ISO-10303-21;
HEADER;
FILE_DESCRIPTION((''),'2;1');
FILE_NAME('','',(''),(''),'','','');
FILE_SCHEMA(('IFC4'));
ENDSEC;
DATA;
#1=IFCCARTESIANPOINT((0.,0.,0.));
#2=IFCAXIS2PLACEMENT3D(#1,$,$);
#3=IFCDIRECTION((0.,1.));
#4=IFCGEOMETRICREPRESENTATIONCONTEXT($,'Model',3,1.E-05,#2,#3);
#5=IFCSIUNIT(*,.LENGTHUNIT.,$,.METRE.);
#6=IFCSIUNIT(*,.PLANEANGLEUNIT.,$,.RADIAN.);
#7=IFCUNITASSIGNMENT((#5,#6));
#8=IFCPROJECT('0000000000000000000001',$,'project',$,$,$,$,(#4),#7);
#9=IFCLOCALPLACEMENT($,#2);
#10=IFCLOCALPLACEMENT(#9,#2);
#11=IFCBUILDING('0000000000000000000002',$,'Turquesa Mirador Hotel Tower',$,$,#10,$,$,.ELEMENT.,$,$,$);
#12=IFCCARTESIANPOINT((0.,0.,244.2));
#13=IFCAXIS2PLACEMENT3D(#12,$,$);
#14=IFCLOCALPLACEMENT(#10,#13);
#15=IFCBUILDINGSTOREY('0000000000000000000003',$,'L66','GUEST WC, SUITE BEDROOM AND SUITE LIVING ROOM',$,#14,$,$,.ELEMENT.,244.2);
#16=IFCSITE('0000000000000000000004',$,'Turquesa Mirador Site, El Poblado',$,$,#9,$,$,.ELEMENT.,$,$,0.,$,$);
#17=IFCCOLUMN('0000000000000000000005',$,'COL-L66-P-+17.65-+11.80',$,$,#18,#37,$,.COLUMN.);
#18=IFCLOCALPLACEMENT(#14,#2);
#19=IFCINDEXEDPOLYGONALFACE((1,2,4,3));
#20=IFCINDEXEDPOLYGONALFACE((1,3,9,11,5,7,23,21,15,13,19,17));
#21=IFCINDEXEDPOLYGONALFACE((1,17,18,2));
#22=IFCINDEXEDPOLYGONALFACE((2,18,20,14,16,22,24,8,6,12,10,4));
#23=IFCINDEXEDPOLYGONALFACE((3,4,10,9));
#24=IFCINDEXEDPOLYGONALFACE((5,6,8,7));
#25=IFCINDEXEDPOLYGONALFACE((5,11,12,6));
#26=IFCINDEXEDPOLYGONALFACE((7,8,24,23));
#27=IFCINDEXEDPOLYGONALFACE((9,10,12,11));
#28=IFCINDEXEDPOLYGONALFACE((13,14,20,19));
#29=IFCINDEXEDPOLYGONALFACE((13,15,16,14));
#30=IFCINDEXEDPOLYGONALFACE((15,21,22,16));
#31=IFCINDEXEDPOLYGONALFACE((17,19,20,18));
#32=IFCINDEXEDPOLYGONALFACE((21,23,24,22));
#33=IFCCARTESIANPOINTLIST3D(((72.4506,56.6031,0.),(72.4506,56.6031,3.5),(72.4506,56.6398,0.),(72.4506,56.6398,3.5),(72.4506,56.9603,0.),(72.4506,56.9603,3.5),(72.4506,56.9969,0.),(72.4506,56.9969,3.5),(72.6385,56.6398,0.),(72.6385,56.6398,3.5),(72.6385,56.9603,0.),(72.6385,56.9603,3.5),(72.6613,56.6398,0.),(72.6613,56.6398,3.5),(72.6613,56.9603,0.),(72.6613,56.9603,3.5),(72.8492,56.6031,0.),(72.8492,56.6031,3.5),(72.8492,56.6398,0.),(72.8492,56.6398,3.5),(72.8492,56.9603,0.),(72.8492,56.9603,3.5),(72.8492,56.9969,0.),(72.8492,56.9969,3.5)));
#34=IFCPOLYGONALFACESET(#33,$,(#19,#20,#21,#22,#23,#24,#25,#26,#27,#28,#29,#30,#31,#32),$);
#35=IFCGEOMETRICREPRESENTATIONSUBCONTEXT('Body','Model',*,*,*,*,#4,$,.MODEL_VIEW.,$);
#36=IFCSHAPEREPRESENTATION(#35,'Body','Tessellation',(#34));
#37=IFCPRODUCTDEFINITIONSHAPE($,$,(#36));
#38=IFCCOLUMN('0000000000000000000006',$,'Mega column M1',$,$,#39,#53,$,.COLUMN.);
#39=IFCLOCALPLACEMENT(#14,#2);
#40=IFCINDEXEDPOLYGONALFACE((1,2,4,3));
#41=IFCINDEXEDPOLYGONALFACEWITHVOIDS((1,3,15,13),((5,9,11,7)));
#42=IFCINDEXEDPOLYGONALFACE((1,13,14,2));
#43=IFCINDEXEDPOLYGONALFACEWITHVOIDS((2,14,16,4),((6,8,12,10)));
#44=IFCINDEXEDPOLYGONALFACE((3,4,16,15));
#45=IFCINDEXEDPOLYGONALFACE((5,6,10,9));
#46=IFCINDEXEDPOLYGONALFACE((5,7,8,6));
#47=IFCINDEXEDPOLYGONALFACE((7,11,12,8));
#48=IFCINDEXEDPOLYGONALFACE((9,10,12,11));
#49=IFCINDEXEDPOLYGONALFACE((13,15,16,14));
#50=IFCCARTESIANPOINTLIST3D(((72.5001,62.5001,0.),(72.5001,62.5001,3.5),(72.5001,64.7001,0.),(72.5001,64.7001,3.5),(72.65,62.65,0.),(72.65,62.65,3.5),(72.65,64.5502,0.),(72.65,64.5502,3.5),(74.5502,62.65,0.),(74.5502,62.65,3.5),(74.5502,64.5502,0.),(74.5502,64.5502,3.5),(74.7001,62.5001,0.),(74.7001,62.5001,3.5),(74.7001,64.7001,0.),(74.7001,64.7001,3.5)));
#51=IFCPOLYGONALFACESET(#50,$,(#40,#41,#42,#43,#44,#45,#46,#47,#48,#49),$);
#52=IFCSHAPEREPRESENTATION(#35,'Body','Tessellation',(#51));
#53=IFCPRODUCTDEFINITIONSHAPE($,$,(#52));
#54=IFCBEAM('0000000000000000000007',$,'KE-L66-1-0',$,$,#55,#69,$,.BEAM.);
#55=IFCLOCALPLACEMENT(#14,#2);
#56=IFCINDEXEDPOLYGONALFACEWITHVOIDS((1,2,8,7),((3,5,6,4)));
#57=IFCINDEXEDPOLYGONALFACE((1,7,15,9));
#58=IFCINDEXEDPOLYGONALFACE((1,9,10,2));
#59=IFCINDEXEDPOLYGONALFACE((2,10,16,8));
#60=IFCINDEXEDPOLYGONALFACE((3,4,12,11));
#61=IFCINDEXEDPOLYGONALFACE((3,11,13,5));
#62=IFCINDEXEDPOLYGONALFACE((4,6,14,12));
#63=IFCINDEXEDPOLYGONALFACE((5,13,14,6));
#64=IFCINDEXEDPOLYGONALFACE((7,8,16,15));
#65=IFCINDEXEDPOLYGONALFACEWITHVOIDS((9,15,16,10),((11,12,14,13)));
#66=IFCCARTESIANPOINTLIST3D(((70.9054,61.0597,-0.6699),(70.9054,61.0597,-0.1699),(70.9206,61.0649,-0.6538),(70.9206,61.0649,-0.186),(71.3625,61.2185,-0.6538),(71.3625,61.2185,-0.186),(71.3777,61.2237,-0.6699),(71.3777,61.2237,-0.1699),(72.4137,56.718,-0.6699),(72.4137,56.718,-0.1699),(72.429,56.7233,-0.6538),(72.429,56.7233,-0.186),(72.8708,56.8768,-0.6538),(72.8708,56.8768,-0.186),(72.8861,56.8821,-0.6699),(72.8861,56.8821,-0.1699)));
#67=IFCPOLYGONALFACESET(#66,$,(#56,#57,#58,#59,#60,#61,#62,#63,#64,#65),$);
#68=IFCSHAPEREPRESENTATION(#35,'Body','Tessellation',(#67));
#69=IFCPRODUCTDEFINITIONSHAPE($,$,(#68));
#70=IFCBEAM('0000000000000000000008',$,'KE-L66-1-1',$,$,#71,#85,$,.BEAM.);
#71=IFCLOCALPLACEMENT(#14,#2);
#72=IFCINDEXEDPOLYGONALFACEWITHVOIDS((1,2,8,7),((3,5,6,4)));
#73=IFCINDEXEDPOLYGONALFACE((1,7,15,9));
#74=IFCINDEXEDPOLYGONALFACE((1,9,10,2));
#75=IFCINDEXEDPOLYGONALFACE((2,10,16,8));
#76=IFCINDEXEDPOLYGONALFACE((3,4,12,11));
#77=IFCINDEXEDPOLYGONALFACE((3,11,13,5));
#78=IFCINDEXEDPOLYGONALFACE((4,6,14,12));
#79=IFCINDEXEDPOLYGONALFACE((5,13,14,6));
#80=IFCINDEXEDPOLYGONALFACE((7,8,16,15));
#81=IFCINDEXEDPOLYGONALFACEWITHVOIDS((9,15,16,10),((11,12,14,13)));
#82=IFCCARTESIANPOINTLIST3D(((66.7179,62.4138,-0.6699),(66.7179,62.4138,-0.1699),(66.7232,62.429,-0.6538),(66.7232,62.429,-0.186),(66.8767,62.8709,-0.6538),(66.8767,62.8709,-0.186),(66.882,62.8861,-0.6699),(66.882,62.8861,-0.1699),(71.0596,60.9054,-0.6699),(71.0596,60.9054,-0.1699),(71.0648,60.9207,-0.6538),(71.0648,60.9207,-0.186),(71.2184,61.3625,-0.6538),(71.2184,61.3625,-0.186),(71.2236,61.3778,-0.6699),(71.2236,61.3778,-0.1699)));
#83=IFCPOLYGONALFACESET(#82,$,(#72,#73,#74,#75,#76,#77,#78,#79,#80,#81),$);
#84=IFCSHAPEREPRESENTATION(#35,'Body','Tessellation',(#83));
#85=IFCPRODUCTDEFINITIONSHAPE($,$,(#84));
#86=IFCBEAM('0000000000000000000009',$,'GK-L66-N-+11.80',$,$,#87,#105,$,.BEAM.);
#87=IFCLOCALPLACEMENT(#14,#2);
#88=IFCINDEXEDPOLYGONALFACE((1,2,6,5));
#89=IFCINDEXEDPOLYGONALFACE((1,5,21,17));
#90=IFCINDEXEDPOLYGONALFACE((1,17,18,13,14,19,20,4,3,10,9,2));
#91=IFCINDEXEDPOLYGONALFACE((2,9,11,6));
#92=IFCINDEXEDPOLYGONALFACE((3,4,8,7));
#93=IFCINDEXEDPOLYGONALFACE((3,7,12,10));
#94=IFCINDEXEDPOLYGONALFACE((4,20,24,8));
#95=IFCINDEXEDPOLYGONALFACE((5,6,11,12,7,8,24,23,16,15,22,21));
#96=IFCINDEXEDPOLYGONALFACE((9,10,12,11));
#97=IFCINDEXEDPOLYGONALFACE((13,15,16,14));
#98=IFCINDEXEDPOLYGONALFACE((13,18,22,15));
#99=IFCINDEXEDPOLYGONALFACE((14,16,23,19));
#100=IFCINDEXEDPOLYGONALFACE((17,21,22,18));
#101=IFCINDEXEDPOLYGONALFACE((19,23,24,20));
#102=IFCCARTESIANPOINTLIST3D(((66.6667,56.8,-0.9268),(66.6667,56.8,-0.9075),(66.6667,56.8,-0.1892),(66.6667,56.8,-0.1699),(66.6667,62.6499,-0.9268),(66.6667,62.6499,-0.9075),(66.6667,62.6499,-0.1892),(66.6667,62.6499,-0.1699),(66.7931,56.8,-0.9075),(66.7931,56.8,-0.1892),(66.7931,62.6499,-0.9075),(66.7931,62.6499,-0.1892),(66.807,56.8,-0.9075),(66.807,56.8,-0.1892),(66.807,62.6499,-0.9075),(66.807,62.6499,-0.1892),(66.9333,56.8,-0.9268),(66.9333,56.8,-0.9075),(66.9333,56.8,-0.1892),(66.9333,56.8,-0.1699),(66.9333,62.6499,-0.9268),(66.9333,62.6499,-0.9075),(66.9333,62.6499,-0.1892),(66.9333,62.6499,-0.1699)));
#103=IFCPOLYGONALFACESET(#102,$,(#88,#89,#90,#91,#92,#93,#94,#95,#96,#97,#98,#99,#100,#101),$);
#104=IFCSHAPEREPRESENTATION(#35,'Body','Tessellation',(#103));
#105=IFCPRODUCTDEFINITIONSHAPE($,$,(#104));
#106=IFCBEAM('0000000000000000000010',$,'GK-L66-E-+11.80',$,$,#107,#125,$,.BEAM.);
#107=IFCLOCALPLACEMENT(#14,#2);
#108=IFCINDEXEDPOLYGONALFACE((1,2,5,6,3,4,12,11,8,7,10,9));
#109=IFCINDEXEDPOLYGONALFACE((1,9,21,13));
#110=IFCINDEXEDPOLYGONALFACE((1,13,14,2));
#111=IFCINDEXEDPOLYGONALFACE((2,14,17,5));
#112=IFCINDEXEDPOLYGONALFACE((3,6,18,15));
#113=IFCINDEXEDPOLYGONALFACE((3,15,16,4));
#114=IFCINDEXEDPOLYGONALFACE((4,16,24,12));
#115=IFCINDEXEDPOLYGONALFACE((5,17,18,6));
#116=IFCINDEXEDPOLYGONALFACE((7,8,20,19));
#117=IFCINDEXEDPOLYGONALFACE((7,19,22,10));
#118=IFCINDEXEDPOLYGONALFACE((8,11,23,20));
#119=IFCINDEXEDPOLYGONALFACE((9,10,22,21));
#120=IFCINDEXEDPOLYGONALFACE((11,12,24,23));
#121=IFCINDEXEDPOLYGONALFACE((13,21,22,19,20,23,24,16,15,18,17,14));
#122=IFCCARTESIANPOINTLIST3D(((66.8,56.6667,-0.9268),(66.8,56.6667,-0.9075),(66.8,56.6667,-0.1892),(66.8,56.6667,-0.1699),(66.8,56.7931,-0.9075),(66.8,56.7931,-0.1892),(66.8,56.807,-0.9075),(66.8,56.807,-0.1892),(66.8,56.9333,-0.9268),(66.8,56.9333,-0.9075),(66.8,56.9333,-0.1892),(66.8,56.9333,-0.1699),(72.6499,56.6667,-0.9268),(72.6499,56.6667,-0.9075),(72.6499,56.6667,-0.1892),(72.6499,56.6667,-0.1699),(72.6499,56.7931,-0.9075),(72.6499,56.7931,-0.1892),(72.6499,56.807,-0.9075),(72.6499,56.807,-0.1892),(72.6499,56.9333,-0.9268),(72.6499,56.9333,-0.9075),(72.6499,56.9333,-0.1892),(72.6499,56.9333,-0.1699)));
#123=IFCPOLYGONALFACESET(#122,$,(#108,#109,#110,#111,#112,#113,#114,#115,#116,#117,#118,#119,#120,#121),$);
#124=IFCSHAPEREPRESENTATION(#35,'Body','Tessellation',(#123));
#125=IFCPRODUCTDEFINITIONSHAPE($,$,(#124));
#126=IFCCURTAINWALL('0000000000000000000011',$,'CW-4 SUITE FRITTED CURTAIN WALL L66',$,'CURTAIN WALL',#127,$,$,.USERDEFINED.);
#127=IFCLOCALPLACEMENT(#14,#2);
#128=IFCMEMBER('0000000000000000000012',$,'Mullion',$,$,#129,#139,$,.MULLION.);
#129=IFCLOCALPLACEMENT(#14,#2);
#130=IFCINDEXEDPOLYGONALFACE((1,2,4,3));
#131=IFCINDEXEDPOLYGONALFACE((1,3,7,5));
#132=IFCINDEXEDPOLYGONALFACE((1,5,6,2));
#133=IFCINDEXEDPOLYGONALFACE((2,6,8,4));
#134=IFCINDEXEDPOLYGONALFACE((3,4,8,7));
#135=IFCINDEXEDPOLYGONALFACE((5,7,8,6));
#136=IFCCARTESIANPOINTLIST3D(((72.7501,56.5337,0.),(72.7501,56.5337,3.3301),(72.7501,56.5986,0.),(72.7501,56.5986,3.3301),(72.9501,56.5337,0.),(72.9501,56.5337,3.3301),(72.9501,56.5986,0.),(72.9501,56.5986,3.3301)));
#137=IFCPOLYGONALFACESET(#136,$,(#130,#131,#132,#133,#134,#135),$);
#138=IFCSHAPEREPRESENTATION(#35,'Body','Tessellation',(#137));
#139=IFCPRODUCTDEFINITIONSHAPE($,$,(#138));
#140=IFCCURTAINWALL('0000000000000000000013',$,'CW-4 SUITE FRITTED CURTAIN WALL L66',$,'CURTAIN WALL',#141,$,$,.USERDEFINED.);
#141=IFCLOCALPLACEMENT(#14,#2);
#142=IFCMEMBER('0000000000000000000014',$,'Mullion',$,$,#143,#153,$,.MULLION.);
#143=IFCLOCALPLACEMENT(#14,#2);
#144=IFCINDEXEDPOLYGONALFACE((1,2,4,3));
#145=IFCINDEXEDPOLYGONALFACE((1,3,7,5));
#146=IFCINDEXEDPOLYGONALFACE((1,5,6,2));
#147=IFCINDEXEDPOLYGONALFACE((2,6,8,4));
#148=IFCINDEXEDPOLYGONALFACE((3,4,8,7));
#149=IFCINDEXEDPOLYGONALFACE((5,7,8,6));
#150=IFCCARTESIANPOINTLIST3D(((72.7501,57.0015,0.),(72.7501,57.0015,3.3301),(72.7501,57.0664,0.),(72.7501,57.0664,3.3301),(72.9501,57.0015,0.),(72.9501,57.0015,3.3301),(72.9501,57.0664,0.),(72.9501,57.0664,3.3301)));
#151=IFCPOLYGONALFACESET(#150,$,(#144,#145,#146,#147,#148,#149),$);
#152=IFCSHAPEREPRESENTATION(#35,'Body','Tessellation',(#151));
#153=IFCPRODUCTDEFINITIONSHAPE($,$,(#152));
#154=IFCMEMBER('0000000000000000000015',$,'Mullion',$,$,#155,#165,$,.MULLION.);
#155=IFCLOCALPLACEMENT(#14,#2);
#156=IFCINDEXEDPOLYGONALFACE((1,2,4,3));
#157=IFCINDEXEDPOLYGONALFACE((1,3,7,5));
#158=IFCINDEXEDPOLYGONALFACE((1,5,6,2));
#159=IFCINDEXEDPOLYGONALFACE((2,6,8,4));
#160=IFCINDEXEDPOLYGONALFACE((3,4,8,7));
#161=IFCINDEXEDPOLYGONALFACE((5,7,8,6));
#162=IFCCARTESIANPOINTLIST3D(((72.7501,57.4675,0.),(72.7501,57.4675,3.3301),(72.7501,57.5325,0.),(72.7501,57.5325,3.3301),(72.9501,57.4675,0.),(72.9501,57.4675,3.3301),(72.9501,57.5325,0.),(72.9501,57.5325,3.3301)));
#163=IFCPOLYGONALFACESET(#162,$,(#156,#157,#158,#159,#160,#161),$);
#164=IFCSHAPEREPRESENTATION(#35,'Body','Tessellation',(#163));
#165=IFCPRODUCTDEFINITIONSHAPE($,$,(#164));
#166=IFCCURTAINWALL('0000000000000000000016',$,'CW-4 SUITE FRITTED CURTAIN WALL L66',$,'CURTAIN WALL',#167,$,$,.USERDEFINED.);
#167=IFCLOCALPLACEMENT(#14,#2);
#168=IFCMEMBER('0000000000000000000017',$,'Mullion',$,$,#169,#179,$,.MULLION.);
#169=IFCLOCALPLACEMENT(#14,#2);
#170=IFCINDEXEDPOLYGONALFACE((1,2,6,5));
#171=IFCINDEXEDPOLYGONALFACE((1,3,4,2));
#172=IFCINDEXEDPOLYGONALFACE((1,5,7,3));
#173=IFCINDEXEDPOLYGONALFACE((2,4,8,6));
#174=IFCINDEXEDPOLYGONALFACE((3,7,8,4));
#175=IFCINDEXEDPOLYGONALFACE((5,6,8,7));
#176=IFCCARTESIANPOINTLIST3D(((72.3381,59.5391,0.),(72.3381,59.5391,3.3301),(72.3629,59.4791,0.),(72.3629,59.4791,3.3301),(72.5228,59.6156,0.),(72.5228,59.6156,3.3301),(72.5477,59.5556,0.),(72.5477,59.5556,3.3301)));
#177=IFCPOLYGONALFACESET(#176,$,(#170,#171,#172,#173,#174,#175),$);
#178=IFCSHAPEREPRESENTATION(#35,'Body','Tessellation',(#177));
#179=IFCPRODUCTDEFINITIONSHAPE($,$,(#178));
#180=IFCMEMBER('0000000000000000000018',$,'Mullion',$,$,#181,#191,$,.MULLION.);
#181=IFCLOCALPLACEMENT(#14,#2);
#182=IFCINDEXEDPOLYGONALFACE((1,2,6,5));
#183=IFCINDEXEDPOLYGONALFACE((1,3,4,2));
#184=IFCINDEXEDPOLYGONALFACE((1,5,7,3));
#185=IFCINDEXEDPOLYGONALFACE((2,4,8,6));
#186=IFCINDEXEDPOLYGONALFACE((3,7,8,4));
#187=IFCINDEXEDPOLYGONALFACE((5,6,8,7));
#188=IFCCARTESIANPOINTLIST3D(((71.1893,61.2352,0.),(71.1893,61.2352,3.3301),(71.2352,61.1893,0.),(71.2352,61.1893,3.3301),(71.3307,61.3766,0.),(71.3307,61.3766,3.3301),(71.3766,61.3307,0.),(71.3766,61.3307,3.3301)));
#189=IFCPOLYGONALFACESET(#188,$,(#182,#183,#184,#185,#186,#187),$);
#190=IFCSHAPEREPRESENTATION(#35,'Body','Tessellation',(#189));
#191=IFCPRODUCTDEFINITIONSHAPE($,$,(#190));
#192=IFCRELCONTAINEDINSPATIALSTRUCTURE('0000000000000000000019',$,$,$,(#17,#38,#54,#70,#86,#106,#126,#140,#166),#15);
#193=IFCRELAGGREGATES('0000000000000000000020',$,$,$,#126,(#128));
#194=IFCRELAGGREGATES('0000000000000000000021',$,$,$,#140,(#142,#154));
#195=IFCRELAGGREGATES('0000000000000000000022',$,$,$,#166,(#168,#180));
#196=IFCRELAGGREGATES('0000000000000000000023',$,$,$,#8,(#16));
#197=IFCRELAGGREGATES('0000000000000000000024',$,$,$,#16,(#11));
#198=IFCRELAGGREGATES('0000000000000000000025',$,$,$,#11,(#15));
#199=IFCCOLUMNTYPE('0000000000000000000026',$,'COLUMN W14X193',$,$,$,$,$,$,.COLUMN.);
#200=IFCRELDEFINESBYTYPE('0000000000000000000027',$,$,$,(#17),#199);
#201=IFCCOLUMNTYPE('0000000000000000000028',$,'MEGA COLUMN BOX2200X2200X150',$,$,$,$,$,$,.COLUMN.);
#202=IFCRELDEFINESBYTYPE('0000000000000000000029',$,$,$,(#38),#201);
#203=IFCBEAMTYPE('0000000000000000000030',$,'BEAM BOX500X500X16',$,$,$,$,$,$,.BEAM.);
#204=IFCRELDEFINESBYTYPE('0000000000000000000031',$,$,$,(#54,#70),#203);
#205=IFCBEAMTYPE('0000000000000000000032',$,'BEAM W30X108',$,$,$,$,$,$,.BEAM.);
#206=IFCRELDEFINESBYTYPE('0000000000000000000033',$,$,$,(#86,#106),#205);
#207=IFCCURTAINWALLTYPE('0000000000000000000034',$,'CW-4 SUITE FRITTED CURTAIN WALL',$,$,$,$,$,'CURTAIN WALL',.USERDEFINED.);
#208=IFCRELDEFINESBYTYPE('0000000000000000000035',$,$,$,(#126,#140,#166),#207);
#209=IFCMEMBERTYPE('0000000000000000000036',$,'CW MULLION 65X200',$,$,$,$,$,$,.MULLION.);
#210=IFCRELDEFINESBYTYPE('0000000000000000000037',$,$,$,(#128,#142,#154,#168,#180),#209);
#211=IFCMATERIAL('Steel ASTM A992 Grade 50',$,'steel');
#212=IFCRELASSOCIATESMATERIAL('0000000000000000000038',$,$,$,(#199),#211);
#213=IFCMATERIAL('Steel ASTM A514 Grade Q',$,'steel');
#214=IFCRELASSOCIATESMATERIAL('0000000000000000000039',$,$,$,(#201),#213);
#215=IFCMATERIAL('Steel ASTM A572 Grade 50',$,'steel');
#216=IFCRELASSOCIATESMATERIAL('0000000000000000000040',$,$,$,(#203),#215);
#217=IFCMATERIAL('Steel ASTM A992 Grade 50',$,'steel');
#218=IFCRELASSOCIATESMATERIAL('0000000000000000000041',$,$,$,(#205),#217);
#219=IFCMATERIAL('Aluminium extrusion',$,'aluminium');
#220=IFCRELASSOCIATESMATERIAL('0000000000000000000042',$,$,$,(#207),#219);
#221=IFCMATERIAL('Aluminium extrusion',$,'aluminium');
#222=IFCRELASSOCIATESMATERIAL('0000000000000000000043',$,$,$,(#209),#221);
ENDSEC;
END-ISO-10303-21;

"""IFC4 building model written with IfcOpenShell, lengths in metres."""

from ifc_helpers import new_model, si_unit, direction, frame, origin, origin_2d, place, context, subcontext, project, spatial, rectangle, hollow_rectangle, i_section, extrude, material, material_profile, profile_set, type_object, element, aggregate, save


model = new_model("IFC4")

# Units and contexts
model_context = context("Model", 3, precision=1e-05, world=origin(), true_north=direction((0.0, 1.0)))
body_context = subcontext(model_context, "Body", "Model", "MODEL_VIEW")
ifc_project = project(units=[si_unit("LENGTHUNIT", "METRE"), si_unit("PLANEANGLEUNIT", "RADIAN")], contexts=[model_context])

# Site, building, storey
site_placement = place(None, origin())
site = spatial("IfcSite", under=ifc_project, at=site_placement, Name="Turquesa Mirador Site, El Poblado", CompositionType="ELEMENT", RefElevation=0.0)
building_placement = place(site_placement, origin())
building = spatial("IfcBuilding", under=site, at=building_placement, Name="Turquesa Mirador Hotel Tower", CompositionType="ELEMENT")
storey_placement = place(building_placement, frame((0.0, 0.0, 244.2)))
storey = spatial("IfcBuildingStorey", under=building, at=storey_placement, Name="L66", Description="GUEST WC, SUITE BEDROOM AND SUITE LIVING ROOM", CompositionType="ELEMENT", Elevation=244.2)

# Columns
ifc_material_1 = material(Name="Steel ASTM A992 Grade 50", Category="steel")
ifc_material_profile_1 = material_profile(ifc_material_1, i_section(OverallWidth=0.3987, OverallDepth=0.3938, WebThickness=0.0227, FlangeThickness=0.0366, at=origin_2d()), Name="W14X193")
ifc_profile_set_1 = profile_set([ifc_material_profile_1], Name="Steel ASTM A992 Grade 50")
column_type_1 = type_object("IfcColumnType", Name="COLUMN W14X193", PredefinedType="COLUMN", material=ifc_profile_set_1)
column_1_placement = place(storey_placement, frame((72.6499, 56.8, 0.0), z_axis=(0.0, 0.0, 1.0), x_axis=(1.0, 0.0, 0.0)))
element("IfcColumn", 1, at=column_1_placement, inside=storey, type_object=column_type_1, Name="COL-L66-P-+17.65-+11.80", PredefinedType="COLUMN", context=body_context, shape_type="SweptSolid", body=[
    extrude(i_section(OverallWidth=0.3987, OverallDepth=0.3938, WebThickness=0.0227, FlangeThickness=0.0366, at=origin_2d()), origin(), (0.0, 0.0, 1.0), 3.5),
])
ifc_material_2 = material(Name="Steel ASTM A514 Grade Q", Category="steel")
ifc_material_profile_2 = material_profile(ifc_material_2, hollow_rectangle(XDim=2.2, YDim=2.2, WallThickness=0.1499, at=origin_2d()), Name="BOX2200X2200X150")
ifc_profile_set_2 = profile_set([ifc_material_profile_2], Name="Steel ASTM A514 Grade Q")
column_type_2 = type_object("IfcColumnType", Name="MEGA COLUMN BOX2200X2200X150", PredefinedType="COLUMN", material=ifc_profile_set_2)
column_2_placement = place(storey_placement, frame((73.6001, 63.6001, 0.0), z_axis=(0.0, 0.0, 1.0), x_axis=(1.0, 0.0, 0.0)))
element("IfcColumn", 2, at=column_2_placement, inside=storey, type_object=column_type_2, Name="Mega column M1", PredefinedType="COLUMN", context=body_context, shape_type="SweptSolid", body=[
    extrude(hollow_rectangle(XDim=2.2, YDim=2.2, WallThickness=0.1499, at=origin_2d()), origin(), (0.0, 0.0, 1.0), 3.5),
])

# Beams
ifc_material_3 = material(Name="Steel ASTM A572 Grade 50", Category="steel")
ifc_material_profile_3 = material_profile(ifc_material_3, hollow_rectangle(XDim=0.5, YDim=0.5, WallThickness=0.0161, at=origin_2d()), Name="BOX500X500X16")
ifc_profile_set_3 = profile_set([ifc_material_profile_3], Name="Steel ASTM A572 Grade 50")
beam_type_1 = type_object("IfcBeamType", Name="BEAM BOX500X500X16", PredefinedType="BEAM", material=ifc_profile_set_3)
for number, where, z_axis, x_axis, name in (
    (3, (72.6499, 56.8, -0.4199), (-0.32817, 0.944619, 0.0), (-0.944619, -0.32817, 0.0), "KE-L66-1-0"),
    (4, (71.1416, 61.1416, -0.4199), (-0.944619, 0.32817, 0.0), (-0.32817, -0.944619, 0.0), "KE-L66-1-1"),
):
    element("IfcBeam", number, at=place(storey_placement, frame(where, z_axis=z_axis, x_axis=x_axis)), inside=storey, type_object=beam_type_1, Name=name, PredefinedType="BEAM", context=body_context, shape_type="SweptSolid", body=[
        extrude(hollow_rectangle(XDim=0.5, YDim=0.5, WallThickness=0.0161, at=origin_2d()), origin(), (0.0, 0.0, 1.0), 4.5962),
    ])
ifc_material_4 = material(Name="Steel ASTM A992 Grade 50", Category="steel")
ifc_material_profile_4 = material_profile(ifc_material_4, i_section(OverallWidth=0.2666, OverallDepth=0.7568, WebThickness=0.0139, FlangeThickness=0.0193, at=origin_2d()), Name="W30X108")
ifc_profile_set_4 = profile_set([ifc_material_profile_4], Name="Steel ASTM A992 Grade 50")
beam_type_2 = type_object("IfcBeamType", Name="BEAM W30X108", PredefinedType="BEAM", material=ifc_profile_set_4)
for number, where, z_axis, x_axis, name in (
    (5, (66.8, 62.6499, -0.5483), (0.0, -1.0, 0.0), (1.0, 0.0, 0.0), "GK-L66-N-+11.80"),
    (6, (72.6499, 56.8, -0.5483), (-1.0, 0.0, 0.0), (0.0, -1.0, 0.0), "GK-L66-E-+11.80"),
):
    element("IfcBeam", number, at=place(storey_placement, frame(where, z_axis=z_axis, x_axis=x_axis)), inside=storey, type_object=beam_type_2, Name=name, PredefinedType="BEAM", context=body_context, shape_type="SweptSolid", body=[
        extrude(i_section(OverallWidth=0.2666, OverallDepth=0.7568, WebThickness=0.0139, FlangeThickness=0.0193, at=origin_2d()), origin(), (0.0, 0.0, 1.0), 5.8499),
    ])

# Curtain wall, member
ifc_material_5 = material(Name="Aluminium extrusion", Category="aluminium")
curtain_wall_type = type_object("IfcCurtainWallType", Name="CW-4 SUITE FRITTED CURTAIN WALL", ElementType="CURTAIN WALL", PredefinedType="USERDEFINED", material=ifc_material_5)
curtain_wall_1_placement = place(storey_placement, origin())
curtain_wall_1 = element("IfcCurtainWall", 7, at=curtain_wall_1_placement, inside=storey, type_object=curtain_wall_type, Name="CW-4 SUITE FRITTED CURTAIN WALL L66", ObjectType="CURTAIN WALL", PredefinedType="USERDEFINED")
ifc_material_6 = material(Name="Aluminium extrusion", Category="aluminium")
ifc_material_profile_5 = material_profile(ifc_material_6, rectangle(XDim=0.0649, YDim=0.2, at=origin_2d()), Name="MULLION 65X200")
ifc_profile_set_5 = profile_set([ifc_material_profile_5], Name="Aluminium extrusion")
member_type_1 = type_object("IfcMemberType", Name="CW MULLION 65X200", PredefinedType="MULLION", material=ifc_profile_set_5)
member_1_placement = place(storey_placement, frame((72.8501, 56.5662, 0.0), z_axis=(0.0, 0.0, 1.0), x_axis=(0.0, 1.0, 0.0)))
member_1 = element("IfcMember", 8, at=member_1_placement, type_object=member_type_1, Name="Mullion", PredefinedType="MULLION", context=body_context, shape_type="SweptSolid", body=[
    extrude(rectangle(XDim=0.0649, YDim=0.2, at=origin_2d()), origin(), (0.0, 0.0, 1.0), 3.3301),
])
aggregate(curtain_wall_1, [member_1])

# Curtain walls, members
curtain_wall_2_placement = place(storey_placement, origin())
curtain_wall_2 = element("IfcCurtainWall", 9, at=curtain_wall_2_placement, inside=storey, type_object=curtain_wall_type, Name="CW-4 SUITE FRITTED CURTAIN WALL L66", ObjectType="CURTAIN WALL", PredefinedType="USERDEFINED")
member_2_placement = place(storey_placement, frame((72.8501, 57.0339, 0.0), z_axis=(0.0, 0.0, 1.0), x_axis=(0.0, 1.0, 0.0)))
member_2 = element("IfcMember", 10, at=member_2_placement, type_object=member_type_1, Name="Mullion", PredefinedType="MULLION", context=body_context, shape_type="SweptSolid", body=[
    extrude(rectangle(XDim=0.0649, YDim=0.2, at=origin_2d()), origin(), (0.0, 0.0, 1.0), 3.3301),
])
member_3_placement = place(storey_placement, frame((72.8501, 57.5, 0.0), z_axis=(0.0, 0.0, 1.0), x_axis=(0.0, 1.0, 0.0)))
member_3 = element("IfcMember", 11, at=member_3_placement, type_object=member_type_1, Name="Mullion", PredefinedType="MULLION", context=body_context, shape_type="SweptSolid", body=[
    extrude(rectangle(XDim=0.0649, YDim=0.2, at=origin_2d()), origin(), (0.0, 0.0, 1.0), 3.3301),
])
curtain_wall_3_placement = place(storey_placement, origin())
curtain_wall_3 = element("IfcCurtainWall", 12, at=curtain_wall_3_placement, inside=storey, type_object=curtain_wall_type, Name="CW-4 SUITE FRITTED CURTAIN WALL L66", ObjectType="CURTAIN WALL", PredefinedType="USERDEFINED")
member_4_placement = place(storey_placement, frame((72.4429, 59.5474, 0.0), z_axis=(0.0, 0.0, 1.0), x_axis=(-0.382683, 0.92388, 0.0)))
member_4 = element("IfcMember", 13, at=member_4_placement, type_object=member_type_1, Name="Mullion", PredefinedType="MULLION", context=body_context, shape_type="SweptSolid", body=[
    extrude(rectangle(XDim=0.0649, YDim=0.2, at=origin_2d()), origin(), (0.0, 0.0, 1.0), 3.3301),
])
member_5_placement = place(storey_placement, frame((71.283, 61.283, 0.0), z_axis=(0.0, 0.0, 1.0), x_axis=(-0.707107, 0.707107, 0.0)))
member_5 = element("IfcMember", 14, at=member_5_placement, type_object=member_type_1, Name="Mullion", PredefinedType="MULLION", context=body_context, shape_type="SweptSolid", body=[
    extrude(rectangle(XDim=0.0649, YDim=0.2, at=origin_2d()), origin(), (0.0, 0.0, 1.0), 3.3301),
])

aggregate(curtain_wall_2, [member_2, member_3])
aggregate(curtain_wall_3, [member_4, member_5])

save(model, "model.ifc")
